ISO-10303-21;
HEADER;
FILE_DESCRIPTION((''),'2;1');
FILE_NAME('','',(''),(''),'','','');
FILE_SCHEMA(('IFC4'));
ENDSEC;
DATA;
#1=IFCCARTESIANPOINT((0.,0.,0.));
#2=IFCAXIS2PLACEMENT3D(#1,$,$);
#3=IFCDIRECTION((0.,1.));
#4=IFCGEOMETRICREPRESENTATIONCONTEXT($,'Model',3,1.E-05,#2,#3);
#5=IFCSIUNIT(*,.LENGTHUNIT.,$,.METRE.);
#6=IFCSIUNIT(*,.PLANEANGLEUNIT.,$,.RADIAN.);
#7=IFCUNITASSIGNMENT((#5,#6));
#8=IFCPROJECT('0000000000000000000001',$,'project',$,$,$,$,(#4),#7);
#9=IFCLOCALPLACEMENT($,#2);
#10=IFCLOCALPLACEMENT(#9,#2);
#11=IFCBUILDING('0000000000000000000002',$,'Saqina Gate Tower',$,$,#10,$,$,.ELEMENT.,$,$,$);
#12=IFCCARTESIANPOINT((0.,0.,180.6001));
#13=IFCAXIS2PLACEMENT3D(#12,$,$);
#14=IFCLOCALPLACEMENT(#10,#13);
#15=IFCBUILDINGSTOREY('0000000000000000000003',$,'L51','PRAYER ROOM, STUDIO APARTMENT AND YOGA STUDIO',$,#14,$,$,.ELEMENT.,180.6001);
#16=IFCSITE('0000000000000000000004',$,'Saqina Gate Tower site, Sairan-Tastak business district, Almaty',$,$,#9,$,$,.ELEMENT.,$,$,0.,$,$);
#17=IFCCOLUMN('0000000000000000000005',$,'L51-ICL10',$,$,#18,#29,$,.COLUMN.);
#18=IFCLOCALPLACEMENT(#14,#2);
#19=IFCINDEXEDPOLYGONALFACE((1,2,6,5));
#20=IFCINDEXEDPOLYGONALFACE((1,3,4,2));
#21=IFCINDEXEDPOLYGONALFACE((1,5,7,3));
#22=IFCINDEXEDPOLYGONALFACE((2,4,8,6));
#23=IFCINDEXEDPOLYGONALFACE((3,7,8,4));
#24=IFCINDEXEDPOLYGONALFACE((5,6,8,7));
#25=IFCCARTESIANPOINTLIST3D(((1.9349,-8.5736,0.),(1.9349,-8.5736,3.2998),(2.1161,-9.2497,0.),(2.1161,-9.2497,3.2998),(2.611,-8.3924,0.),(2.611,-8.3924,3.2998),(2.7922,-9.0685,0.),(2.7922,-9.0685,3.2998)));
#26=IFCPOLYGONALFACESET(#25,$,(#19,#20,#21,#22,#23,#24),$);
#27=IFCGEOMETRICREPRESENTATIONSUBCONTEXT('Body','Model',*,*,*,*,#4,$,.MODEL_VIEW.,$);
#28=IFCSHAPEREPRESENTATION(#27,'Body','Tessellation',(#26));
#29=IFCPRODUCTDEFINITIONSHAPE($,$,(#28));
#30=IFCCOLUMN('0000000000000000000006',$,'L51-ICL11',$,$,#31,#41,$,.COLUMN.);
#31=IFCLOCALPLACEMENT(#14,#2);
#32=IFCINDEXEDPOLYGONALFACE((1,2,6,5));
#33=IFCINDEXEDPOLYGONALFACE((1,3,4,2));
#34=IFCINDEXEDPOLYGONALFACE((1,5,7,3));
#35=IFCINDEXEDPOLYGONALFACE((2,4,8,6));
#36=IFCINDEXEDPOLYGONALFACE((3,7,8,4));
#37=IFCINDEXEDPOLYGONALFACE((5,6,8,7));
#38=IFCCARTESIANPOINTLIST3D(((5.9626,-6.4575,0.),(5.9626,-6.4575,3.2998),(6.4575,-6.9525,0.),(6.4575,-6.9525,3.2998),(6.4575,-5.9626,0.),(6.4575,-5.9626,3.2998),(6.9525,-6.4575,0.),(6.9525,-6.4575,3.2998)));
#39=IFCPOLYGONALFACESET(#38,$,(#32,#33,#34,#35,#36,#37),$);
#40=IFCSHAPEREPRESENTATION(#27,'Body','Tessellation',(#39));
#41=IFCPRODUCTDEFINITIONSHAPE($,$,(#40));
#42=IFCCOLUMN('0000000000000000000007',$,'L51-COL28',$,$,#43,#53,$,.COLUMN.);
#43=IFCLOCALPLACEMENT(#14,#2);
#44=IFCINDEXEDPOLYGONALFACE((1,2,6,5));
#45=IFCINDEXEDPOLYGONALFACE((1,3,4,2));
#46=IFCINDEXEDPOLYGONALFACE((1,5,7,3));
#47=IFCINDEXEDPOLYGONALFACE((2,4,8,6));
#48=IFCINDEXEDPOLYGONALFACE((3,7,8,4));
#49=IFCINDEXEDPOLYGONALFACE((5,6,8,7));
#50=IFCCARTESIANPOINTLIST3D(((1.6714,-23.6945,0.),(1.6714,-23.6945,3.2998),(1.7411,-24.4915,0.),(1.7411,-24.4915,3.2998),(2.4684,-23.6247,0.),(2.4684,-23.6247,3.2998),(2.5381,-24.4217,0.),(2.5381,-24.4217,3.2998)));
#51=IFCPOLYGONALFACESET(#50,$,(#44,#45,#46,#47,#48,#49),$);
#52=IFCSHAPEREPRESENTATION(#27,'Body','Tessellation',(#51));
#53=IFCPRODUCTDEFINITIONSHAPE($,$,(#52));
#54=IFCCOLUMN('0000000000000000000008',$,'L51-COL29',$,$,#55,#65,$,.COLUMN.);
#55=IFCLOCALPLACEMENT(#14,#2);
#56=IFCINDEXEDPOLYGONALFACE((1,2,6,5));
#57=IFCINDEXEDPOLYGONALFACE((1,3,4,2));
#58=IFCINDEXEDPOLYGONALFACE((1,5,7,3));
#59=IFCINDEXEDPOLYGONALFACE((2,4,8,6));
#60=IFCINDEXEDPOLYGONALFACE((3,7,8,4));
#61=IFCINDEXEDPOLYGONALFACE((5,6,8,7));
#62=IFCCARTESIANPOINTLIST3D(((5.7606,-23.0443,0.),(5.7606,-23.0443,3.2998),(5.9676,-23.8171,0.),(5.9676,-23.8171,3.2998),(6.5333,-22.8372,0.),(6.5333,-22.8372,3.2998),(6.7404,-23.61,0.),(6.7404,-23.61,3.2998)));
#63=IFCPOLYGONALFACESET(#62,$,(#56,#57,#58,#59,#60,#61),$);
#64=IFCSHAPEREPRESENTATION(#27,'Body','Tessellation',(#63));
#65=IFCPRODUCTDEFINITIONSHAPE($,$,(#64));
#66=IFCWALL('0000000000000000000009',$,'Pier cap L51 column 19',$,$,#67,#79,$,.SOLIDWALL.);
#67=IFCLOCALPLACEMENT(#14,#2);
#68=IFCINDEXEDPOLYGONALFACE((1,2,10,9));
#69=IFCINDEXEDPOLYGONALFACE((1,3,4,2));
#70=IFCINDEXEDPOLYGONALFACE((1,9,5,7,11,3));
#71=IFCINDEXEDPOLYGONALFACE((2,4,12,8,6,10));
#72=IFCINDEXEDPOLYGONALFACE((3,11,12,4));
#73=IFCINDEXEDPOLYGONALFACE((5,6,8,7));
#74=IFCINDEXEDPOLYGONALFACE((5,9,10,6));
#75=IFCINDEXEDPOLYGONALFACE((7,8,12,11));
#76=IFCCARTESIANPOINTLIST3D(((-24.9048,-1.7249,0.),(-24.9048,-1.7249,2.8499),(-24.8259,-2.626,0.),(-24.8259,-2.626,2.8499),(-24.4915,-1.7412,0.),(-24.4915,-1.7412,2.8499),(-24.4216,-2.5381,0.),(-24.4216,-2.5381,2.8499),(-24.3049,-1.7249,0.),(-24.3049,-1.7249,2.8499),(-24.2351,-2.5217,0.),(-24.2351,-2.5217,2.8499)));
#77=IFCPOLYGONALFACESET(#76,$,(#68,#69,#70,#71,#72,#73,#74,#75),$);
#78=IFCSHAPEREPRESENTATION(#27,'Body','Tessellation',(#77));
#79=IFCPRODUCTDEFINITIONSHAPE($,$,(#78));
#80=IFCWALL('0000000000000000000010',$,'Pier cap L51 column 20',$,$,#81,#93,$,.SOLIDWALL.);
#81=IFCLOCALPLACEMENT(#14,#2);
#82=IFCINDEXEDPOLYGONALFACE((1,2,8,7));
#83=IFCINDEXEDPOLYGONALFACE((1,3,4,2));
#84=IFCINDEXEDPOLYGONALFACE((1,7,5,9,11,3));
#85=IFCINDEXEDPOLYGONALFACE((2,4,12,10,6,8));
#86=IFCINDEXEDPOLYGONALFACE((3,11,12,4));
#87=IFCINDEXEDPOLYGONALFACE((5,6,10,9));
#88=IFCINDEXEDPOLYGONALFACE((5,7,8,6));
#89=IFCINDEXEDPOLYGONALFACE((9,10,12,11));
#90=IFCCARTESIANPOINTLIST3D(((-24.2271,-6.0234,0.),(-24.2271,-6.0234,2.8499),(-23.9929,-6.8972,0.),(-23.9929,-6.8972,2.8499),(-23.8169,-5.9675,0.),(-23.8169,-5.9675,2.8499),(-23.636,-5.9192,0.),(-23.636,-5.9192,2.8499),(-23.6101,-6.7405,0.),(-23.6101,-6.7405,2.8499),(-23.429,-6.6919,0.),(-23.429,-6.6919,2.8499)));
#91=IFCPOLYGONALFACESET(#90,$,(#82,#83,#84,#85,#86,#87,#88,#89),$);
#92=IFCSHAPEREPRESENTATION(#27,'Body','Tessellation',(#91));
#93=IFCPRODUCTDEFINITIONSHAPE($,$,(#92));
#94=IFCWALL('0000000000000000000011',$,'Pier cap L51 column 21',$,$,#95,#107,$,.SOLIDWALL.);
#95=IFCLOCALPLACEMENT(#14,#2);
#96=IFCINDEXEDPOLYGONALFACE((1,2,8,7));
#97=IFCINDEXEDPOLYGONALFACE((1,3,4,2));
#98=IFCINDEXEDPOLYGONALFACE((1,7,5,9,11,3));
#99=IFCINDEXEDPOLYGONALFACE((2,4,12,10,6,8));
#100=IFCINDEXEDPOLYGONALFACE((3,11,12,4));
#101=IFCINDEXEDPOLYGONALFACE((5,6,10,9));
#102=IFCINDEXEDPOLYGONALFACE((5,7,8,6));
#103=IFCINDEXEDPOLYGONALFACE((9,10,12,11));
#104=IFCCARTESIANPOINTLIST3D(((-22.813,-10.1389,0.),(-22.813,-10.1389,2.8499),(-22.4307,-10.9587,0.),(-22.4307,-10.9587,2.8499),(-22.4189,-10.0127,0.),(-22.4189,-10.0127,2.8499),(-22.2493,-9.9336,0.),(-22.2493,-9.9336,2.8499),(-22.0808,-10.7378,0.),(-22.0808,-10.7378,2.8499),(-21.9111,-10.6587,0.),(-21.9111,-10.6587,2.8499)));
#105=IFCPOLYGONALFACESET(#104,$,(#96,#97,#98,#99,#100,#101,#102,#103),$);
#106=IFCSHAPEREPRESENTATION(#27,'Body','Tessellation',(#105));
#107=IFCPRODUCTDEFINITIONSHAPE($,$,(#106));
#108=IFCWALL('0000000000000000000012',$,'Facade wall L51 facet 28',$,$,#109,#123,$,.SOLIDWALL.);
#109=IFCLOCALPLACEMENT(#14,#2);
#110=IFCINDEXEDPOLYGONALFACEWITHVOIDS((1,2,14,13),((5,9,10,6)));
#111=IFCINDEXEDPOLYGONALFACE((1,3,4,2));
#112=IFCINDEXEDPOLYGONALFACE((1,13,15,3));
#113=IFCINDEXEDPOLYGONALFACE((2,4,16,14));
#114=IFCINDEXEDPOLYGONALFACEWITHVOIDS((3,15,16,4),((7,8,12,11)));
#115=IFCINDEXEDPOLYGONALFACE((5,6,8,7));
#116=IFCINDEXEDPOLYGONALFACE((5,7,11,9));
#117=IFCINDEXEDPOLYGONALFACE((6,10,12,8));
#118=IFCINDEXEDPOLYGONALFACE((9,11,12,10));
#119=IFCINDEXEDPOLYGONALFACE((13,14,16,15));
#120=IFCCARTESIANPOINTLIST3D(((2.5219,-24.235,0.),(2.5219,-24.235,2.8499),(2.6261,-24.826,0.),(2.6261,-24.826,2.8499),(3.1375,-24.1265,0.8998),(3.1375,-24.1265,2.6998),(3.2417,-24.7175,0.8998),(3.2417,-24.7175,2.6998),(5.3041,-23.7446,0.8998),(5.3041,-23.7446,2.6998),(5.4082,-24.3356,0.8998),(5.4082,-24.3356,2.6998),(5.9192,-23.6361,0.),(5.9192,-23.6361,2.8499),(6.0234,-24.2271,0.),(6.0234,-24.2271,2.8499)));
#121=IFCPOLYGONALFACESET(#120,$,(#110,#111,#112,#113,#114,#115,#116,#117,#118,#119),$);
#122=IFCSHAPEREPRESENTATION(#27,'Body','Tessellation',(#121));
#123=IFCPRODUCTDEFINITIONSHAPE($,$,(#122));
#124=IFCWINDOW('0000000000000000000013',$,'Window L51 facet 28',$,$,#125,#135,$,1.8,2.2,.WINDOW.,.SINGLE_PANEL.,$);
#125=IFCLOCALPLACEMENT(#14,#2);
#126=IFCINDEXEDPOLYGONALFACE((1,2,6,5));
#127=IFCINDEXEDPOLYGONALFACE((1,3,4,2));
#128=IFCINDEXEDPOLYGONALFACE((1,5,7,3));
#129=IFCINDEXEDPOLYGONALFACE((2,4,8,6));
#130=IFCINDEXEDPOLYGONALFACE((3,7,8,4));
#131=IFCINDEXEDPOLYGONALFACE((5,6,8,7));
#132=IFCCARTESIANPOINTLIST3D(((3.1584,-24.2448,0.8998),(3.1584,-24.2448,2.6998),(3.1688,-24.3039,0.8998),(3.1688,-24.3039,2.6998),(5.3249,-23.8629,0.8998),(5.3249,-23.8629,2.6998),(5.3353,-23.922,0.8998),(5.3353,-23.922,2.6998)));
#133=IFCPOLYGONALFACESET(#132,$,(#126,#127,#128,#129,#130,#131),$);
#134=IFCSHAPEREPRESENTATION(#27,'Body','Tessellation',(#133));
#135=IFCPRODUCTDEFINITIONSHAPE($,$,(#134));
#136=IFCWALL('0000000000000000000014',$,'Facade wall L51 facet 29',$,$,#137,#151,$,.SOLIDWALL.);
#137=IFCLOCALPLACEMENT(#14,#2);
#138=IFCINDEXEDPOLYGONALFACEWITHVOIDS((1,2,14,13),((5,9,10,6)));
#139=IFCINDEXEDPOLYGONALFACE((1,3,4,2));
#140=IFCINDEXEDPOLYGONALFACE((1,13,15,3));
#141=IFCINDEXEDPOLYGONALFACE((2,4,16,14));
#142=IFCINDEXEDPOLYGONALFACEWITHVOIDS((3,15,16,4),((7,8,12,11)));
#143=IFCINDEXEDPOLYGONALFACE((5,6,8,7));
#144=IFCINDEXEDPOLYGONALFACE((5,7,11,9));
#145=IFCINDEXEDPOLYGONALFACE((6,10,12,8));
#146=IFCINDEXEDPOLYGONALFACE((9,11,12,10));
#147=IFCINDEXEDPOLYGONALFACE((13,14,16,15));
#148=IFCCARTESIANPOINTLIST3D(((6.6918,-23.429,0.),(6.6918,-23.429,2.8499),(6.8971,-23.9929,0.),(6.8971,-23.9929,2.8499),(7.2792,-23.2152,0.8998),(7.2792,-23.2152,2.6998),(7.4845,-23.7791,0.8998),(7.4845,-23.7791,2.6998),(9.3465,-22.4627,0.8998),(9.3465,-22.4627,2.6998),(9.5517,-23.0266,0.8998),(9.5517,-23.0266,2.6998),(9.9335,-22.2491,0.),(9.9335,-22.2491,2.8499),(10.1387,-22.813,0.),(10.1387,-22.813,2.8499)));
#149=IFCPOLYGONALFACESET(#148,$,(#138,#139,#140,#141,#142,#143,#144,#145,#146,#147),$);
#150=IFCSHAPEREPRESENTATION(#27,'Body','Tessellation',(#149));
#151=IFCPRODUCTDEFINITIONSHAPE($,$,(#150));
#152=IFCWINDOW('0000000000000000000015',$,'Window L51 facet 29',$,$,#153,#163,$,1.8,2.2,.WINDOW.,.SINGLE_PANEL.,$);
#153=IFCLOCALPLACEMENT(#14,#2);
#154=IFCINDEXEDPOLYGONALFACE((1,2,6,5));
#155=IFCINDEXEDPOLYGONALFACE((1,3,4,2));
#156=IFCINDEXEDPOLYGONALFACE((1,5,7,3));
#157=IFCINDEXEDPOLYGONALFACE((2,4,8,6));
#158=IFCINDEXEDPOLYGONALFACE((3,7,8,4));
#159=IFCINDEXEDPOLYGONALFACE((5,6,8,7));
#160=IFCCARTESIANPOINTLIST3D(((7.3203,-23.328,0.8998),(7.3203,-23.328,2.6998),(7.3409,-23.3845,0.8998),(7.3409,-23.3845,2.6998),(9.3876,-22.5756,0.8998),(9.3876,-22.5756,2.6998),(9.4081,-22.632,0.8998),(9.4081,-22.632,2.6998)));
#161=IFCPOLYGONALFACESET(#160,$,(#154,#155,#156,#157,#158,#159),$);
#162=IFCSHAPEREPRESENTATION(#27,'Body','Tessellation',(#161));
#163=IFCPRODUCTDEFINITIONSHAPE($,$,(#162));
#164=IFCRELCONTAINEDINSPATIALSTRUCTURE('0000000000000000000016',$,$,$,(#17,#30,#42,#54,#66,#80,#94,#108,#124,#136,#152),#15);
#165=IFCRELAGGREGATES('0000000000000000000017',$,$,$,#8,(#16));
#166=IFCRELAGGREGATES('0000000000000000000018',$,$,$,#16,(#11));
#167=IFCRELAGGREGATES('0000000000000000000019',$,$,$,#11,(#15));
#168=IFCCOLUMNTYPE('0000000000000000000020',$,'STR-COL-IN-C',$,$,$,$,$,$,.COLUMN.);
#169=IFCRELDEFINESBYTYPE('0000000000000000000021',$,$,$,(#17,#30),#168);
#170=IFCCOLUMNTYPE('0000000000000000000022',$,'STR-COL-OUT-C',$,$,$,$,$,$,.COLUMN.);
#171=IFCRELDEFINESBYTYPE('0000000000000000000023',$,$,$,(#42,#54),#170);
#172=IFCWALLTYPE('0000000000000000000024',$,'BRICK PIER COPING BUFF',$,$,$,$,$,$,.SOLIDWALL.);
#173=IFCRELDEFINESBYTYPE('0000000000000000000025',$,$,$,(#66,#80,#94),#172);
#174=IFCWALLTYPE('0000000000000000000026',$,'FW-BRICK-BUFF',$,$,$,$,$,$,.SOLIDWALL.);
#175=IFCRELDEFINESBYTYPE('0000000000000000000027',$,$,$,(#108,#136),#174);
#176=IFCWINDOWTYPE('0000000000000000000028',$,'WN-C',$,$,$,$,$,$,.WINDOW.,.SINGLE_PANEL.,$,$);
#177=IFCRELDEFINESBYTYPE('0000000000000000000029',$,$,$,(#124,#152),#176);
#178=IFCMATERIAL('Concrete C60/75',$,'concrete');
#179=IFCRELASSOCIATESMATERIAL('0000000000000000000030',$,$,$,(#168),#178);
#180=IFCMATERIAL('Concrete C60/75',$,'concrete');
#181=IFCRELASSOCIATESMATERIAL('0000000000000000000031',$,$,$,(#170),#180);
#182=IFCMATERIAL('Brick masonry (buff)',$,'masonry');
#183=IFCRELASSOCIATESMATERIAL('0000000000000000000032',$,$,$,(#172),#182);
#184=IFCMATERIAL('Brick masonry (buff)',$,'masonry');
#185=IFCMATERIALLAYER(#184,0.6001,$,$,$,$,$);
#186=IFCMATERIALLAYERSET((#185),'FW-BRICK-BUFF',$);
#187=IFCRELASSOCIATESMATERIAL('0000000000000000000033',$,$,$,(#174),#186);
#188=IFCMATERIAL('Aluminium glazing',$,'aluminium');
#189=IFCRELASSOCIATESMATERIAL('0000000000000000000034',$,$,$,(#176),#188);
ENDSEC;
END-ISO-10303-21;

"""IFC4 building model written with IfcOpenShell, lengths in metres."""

from ifc_helpers import new_model, si_unit, direction, frame, frame_2d, origin, origin_2d, place, context, subcontext, project, spatial, polyline, rectangle, outline, extrude, material, layer, layer_set, material_profile, profile_set, type_object, element, fill, save


model = new_model("IFC4")

# Units and contexts
model_context = context("Model", 3, precision=1e-05, world=origin(), true_north=direction((0.0, 1.0)))
body_context = subcontext(model_context, "Body", "Model", "MODEL_VIEW")
ifc_project = project(units=[si_unit("LENGTHUNIT", "METRE"), si_unit("PLANEANGLEUNIT", "RADIAN")], contexts=[model_context])

# Site, building, storey
site_placement = place(None, origin())
site = spatial("IfcSite", under=ifc_project, at=site_placement, Name="Saqina Gate Tower site, Sairan-Tastak business district, Almaty", CompositionType="ELEMENT", RefElevation=0.0)
building_placement = place(site_placement, origin())
building = spatial("IfcBuilding", under=site, at=building_placement, Name="Saqina Gate Tower", CompositionType="ELEMENT")
storey_placement = place(building_placement, frame((0.0, 0.0, 180.6001)))
storey = spatial("IfcBuildingStorey", under=building, at=storey_placement, Name="L51", Description="PRAYER ROOM, STUDIO APARTMENT AND YOGA STUDIO", CompositionType="ELEMENT", Elevation=180.6001)

# Columns
ifc_material_1 = material(Name="Concrete C60/75", Category="concrete")
ifc_material_profile_1 = material_profile(ifc_material_1, rectangle(XDim=0.7, YDim=0.7, at=origin_2d()), Name="RC 700x700")
ifc_profile_set_1 = profile_set([ifc_material_profile_1], Name="Concrete C60/75")
column_type_1 = type_object("IfcColumnType", Name="STR-COL-IN-C", PredefinedType="COLUMN", material=ifc_profile_set_1)
for number, where, z_axis, x_axis, name in (
    (1, (2.3635, -8.821, 0.0), (0.0, 0.0, 1.0), (0.258819, -0.965926, 0.0), "L51-ICL10"),
    (2, (6.4575, -6.4575, 0.0), (0.0, 0.0, 1.0), (0.707107, -0.707107, 0.0), "L51-ICL11"),
):
    element("IfcColumn", number, at=place(storey_placement, frame(where, z_axis=z_axis, x_axis=x_axis)), inside=storey, type_object=column_type_1, Name=name, PredefinedType="COLUMN", context=body_context, shape_type="SweptSolid", body=[
        extrude(rectangle(XDim=0.7, YDim=0.7, at=origin_2d()), origin(), (0.0, 0.0, 1.0), 3.2998),
    ])
ifc_material_2 = material(Name="Concrete C60/75", Category="concrete")
ifc_material_profile_2 = material_profile(ifc_material_2, rectangle(XDim=0.8, YDim=0.8, at=origin_2d()), Name="RC 800x800")
ifc_profile_set_2 = profile_set([ifc_material_profile_2], Name="Concrete C60/75")
column_type_2 = type_object("IfcColumnType", Name="STR-COL-OUT-C", PredefinedType="COLUMN", material=ifc_profile_set_2)
for number, where, z_axis, x_axis, name in (
    (3, (2.1047, -24.0581, 0.0), (0.0, 0.0, 1.0), (0.087156, -0.996195, 0.0), "L51-COL28"),
    (4, (6.2505, -23.3271, 0.0), (0.0, 0.0, 1.0), (0.258819, -0.965926, 0.0), "L51-COL29"),
):
    element("IfcColumn", number, at=place(storey_placement, frame(where, z_axis=z_axis, x_axis=x_axis)), inside=storey, type_object=column_type_2, Name=name, PredefinedType="COLUMN", context=body_context, shape_type="SweptSolid", body=[
        extrude(rectangle(XDim=0.8, YDim=0.8, at=origin_2d()), origin(), (0.0, 0.0, 1.0), 3.2998),
    ])

# Walls
ifc_material_3 = material(Name="Brick masonry (buff)", Category="masonry")
wall_type_1 = type_object("IfcWallType", Name="BRICK PIER COPING BUFF", PredefinedType="SOLIDWALL", material=ifc_material_3)
wall_1_placement = place(storey_placement, origin())
element("IfcWall", 5, at=wall_1_placement, inside=storey, type_object=wall_type_1, Name="Pier cap L51 column 19", PredefinedType="SOLIDWALL", context=body_context, shape_type="SweptSolid", body=[
    extrude(outline(polyline([(-24.9048, -1.7249), (-24.8259, -2.626), (-24.2351, -2.5217), (-24.4216, -2.5381), (-24.4915, -1.7412), (-24.3049, -1.7249), (-24.9048, -1.7249)])), origin(), (0.0, 0.0, 1.0), 2.8499),
])
wall_2_placement = place(storey_placement, origin())
element("IfcWall", 6, at=wall_2_placement, inside=storey, type_object=wall_type_1, Name="Pier cap L51 column 20", PredefinedType="SOLIDWALL", context=body_context, shape_type="SweptSolid", body=[
    extrude(outline(polyline([(-24.2271, -6.0234), (-23.9929, -6.8972), (-23.429, -6.6919), (-23.6101, -6.7405), (-23.8169, -5.9675), (-23.636, -5.9192), (-24.2271, -6.0234)])), origin(), (0.0, 0.0, 1.0), 2.8499),
])
wall_3_placement = place(storey_placement, origin())
element("IfcWall", 7, at=wall_3_placement, inside=storey, type_object=wall_type_1, Name="Pier cap L51 column 21", PredefinedType="SOLIDWALL", context=body_context, shape_type="SweptSolid", body=[
    extrude(outline(polyline([(-22.4307, -10.9587), (-21.9111, -10.6587), (-22.0808, -10.7378), (-22.4189, -10.0127), (-22.2493, -9.9336), (-22.813, -10.1389), (-22.4307, -10.9587)])), origin(), (0.0, 0.0, 1.0), 2.8499),
])

# Walls, openings, windows
ifc_material_4 = material(Name="Brick masonry (buff)", Category="masonry")
ifc_layer_1 = layer(ifc_material_4, 0.6001)
ifc_layer_set_1 = layer_set([ifc_layer_1], Name="FW-BRICK-BUFF")
wall_type_2 = type_object("IfcWallType", Name="FW-BRICK-BUFF", PredefinedType="SOLIDWALL", material=ifc_layer_set_1)
wall_4_placement = place(storey_placement, frame((2.574, -24.5305, 0.0), z_axis=(0.0, 0.0, 1.0), x_axis=(0.984815, 0.173608, 0.0)))
wall_4 = element("IfcWall", 8, at=wall_4_placement, inside=storey, type_object=wall_type_2, Name="Facade wall L51 facet 28", PredefinedType="SOLIDWALL", context=body_context, shape_type="SweptSolid", body=[
    extrude(rectangle(XDim=3.4497, YDim=0.6001, at=frame_2d((1.7249, 0.0))), origin(), (0.0, 0.0, 1.0), 2.8499),
])
opening_1_placement = place(wall_4_placement, frame((0.625, 0.0, 0.8999)))
opening_1 = element("IfcOpeningElement", 9, at=opening_1_placement, cuts=wall_4, PredefinedType="OPENING", context=body_context, shape_type="SweptSolid", body=[
    extrude(rectangle(XDim=2.2, YDim=1.8, at=frame_2d((1.1001, 0.8999))), frame((0.0, 0.312, 0.0), z_axis=(0.0, -1.0, 0.0), x_axis=(1.0, 0.0, 0.0)), (0.0, 0.0, 1.0), 0.624),
])
ifc_material_5 = material(Name="Aluminium glazing", Category="aluminium")
window_type_1 = type_object("IfcWindowType", Name="WN-C", PartitioningType="SINGLE_PANEL", PredefinedType="WINDOW", material=ifc_material_5)
window_1_placement = place(opening_1_placement, origin())
window_1 = element("IfcWindow", 10, at=window_1_placement, inside=storey, type_object=window_type_1, Name="Window L51 facet 28", OverallHeight=1.8, OverallWidth=2.2, PartitioningType="SINGLE_PANEL", PredefinedType="WINDOW", context=body_context, shape_type="SweptSolid", body=[
    extrude(rectangle(XDim=2.2, YDim=1.8, at=frame_2d((1.1001, 0.8999))), frame((0.0, 0.1799, 0.0), z_axis=(0.0, -1.0, 0.0), x_axis=(1.0, 0.0, 0.0)), (0.0, 0.0, 1.0), 0.0601),
])
fill(opening_1, window_1)
wall_5_placement = place(storey_placement, frame((6.7944, -23.7109, 0.0), z_axis=(0.0, 0.0, 1.0), x_axis=(0.939688, 0.342033, 0.0)))
wall_5 = element("IfcWall", 11, at=wall_5_placement, inside=storey, type_object=wall_type_2, Name="Facade wall L51 facet 29", PredefinedType="SOLIDWALL", context=body_context, shape_type="SweptSolid", body=[
    extrude(rectangle(XDim=3.4497, YDim=0.6001, at=frame_2d((1.7249, 0.0))), origin(), (0.0, 0.0, 1.0), 2.8499),
])
opening_2_placement = place(wall_5_placement, frame((0.625, 0.0, 0.8999)))
opening_2 = element("IfcOpeningElement", 12, at=opening_2_placement, cuts=wall_5, PredefinedType="OPENING", context=body_context, shape_type="SweptSolid", body=[
    extrude(rectangle(XDim=2.2, YDim=1.8, at=frame_2d((1.1001, 0.8999))), frame((0.0, 0.312, 0.0), z_axis=(0.0, -1.0, 0.0), x_axis=(1.0, 0.0, 0.0)), (0.0, 0.0, 1.0), 0.624),
])
window_2_placement = place(opening_2_placement, origin())
window_2 = element("IfcWindow", 13, at=window_2_placement, inside=storey, type_object=window_type_1, Name="Window L51 facet 29", OverallHeight=1.8, OverallWidth=2.2, PartitioningType="SINGLE_PANEL", PredefinedType="WINDOW", context=body_context, shape_type="SweptSolid", body=[
    extrude(rectangle(XDim=2.2, YDim=1.8, at=frame_2d((1.1001, 0.8999))), frame((0.0, 0.1799, 0.0), z_axis=(0.0, -1.0, 0.0), x_axis=(1.0, 0.0, 0.0)), (0.0, 0.0, 1.0), 0.0601),
])
fill(opening_2, window_2)

save(model, "model.ifc")
